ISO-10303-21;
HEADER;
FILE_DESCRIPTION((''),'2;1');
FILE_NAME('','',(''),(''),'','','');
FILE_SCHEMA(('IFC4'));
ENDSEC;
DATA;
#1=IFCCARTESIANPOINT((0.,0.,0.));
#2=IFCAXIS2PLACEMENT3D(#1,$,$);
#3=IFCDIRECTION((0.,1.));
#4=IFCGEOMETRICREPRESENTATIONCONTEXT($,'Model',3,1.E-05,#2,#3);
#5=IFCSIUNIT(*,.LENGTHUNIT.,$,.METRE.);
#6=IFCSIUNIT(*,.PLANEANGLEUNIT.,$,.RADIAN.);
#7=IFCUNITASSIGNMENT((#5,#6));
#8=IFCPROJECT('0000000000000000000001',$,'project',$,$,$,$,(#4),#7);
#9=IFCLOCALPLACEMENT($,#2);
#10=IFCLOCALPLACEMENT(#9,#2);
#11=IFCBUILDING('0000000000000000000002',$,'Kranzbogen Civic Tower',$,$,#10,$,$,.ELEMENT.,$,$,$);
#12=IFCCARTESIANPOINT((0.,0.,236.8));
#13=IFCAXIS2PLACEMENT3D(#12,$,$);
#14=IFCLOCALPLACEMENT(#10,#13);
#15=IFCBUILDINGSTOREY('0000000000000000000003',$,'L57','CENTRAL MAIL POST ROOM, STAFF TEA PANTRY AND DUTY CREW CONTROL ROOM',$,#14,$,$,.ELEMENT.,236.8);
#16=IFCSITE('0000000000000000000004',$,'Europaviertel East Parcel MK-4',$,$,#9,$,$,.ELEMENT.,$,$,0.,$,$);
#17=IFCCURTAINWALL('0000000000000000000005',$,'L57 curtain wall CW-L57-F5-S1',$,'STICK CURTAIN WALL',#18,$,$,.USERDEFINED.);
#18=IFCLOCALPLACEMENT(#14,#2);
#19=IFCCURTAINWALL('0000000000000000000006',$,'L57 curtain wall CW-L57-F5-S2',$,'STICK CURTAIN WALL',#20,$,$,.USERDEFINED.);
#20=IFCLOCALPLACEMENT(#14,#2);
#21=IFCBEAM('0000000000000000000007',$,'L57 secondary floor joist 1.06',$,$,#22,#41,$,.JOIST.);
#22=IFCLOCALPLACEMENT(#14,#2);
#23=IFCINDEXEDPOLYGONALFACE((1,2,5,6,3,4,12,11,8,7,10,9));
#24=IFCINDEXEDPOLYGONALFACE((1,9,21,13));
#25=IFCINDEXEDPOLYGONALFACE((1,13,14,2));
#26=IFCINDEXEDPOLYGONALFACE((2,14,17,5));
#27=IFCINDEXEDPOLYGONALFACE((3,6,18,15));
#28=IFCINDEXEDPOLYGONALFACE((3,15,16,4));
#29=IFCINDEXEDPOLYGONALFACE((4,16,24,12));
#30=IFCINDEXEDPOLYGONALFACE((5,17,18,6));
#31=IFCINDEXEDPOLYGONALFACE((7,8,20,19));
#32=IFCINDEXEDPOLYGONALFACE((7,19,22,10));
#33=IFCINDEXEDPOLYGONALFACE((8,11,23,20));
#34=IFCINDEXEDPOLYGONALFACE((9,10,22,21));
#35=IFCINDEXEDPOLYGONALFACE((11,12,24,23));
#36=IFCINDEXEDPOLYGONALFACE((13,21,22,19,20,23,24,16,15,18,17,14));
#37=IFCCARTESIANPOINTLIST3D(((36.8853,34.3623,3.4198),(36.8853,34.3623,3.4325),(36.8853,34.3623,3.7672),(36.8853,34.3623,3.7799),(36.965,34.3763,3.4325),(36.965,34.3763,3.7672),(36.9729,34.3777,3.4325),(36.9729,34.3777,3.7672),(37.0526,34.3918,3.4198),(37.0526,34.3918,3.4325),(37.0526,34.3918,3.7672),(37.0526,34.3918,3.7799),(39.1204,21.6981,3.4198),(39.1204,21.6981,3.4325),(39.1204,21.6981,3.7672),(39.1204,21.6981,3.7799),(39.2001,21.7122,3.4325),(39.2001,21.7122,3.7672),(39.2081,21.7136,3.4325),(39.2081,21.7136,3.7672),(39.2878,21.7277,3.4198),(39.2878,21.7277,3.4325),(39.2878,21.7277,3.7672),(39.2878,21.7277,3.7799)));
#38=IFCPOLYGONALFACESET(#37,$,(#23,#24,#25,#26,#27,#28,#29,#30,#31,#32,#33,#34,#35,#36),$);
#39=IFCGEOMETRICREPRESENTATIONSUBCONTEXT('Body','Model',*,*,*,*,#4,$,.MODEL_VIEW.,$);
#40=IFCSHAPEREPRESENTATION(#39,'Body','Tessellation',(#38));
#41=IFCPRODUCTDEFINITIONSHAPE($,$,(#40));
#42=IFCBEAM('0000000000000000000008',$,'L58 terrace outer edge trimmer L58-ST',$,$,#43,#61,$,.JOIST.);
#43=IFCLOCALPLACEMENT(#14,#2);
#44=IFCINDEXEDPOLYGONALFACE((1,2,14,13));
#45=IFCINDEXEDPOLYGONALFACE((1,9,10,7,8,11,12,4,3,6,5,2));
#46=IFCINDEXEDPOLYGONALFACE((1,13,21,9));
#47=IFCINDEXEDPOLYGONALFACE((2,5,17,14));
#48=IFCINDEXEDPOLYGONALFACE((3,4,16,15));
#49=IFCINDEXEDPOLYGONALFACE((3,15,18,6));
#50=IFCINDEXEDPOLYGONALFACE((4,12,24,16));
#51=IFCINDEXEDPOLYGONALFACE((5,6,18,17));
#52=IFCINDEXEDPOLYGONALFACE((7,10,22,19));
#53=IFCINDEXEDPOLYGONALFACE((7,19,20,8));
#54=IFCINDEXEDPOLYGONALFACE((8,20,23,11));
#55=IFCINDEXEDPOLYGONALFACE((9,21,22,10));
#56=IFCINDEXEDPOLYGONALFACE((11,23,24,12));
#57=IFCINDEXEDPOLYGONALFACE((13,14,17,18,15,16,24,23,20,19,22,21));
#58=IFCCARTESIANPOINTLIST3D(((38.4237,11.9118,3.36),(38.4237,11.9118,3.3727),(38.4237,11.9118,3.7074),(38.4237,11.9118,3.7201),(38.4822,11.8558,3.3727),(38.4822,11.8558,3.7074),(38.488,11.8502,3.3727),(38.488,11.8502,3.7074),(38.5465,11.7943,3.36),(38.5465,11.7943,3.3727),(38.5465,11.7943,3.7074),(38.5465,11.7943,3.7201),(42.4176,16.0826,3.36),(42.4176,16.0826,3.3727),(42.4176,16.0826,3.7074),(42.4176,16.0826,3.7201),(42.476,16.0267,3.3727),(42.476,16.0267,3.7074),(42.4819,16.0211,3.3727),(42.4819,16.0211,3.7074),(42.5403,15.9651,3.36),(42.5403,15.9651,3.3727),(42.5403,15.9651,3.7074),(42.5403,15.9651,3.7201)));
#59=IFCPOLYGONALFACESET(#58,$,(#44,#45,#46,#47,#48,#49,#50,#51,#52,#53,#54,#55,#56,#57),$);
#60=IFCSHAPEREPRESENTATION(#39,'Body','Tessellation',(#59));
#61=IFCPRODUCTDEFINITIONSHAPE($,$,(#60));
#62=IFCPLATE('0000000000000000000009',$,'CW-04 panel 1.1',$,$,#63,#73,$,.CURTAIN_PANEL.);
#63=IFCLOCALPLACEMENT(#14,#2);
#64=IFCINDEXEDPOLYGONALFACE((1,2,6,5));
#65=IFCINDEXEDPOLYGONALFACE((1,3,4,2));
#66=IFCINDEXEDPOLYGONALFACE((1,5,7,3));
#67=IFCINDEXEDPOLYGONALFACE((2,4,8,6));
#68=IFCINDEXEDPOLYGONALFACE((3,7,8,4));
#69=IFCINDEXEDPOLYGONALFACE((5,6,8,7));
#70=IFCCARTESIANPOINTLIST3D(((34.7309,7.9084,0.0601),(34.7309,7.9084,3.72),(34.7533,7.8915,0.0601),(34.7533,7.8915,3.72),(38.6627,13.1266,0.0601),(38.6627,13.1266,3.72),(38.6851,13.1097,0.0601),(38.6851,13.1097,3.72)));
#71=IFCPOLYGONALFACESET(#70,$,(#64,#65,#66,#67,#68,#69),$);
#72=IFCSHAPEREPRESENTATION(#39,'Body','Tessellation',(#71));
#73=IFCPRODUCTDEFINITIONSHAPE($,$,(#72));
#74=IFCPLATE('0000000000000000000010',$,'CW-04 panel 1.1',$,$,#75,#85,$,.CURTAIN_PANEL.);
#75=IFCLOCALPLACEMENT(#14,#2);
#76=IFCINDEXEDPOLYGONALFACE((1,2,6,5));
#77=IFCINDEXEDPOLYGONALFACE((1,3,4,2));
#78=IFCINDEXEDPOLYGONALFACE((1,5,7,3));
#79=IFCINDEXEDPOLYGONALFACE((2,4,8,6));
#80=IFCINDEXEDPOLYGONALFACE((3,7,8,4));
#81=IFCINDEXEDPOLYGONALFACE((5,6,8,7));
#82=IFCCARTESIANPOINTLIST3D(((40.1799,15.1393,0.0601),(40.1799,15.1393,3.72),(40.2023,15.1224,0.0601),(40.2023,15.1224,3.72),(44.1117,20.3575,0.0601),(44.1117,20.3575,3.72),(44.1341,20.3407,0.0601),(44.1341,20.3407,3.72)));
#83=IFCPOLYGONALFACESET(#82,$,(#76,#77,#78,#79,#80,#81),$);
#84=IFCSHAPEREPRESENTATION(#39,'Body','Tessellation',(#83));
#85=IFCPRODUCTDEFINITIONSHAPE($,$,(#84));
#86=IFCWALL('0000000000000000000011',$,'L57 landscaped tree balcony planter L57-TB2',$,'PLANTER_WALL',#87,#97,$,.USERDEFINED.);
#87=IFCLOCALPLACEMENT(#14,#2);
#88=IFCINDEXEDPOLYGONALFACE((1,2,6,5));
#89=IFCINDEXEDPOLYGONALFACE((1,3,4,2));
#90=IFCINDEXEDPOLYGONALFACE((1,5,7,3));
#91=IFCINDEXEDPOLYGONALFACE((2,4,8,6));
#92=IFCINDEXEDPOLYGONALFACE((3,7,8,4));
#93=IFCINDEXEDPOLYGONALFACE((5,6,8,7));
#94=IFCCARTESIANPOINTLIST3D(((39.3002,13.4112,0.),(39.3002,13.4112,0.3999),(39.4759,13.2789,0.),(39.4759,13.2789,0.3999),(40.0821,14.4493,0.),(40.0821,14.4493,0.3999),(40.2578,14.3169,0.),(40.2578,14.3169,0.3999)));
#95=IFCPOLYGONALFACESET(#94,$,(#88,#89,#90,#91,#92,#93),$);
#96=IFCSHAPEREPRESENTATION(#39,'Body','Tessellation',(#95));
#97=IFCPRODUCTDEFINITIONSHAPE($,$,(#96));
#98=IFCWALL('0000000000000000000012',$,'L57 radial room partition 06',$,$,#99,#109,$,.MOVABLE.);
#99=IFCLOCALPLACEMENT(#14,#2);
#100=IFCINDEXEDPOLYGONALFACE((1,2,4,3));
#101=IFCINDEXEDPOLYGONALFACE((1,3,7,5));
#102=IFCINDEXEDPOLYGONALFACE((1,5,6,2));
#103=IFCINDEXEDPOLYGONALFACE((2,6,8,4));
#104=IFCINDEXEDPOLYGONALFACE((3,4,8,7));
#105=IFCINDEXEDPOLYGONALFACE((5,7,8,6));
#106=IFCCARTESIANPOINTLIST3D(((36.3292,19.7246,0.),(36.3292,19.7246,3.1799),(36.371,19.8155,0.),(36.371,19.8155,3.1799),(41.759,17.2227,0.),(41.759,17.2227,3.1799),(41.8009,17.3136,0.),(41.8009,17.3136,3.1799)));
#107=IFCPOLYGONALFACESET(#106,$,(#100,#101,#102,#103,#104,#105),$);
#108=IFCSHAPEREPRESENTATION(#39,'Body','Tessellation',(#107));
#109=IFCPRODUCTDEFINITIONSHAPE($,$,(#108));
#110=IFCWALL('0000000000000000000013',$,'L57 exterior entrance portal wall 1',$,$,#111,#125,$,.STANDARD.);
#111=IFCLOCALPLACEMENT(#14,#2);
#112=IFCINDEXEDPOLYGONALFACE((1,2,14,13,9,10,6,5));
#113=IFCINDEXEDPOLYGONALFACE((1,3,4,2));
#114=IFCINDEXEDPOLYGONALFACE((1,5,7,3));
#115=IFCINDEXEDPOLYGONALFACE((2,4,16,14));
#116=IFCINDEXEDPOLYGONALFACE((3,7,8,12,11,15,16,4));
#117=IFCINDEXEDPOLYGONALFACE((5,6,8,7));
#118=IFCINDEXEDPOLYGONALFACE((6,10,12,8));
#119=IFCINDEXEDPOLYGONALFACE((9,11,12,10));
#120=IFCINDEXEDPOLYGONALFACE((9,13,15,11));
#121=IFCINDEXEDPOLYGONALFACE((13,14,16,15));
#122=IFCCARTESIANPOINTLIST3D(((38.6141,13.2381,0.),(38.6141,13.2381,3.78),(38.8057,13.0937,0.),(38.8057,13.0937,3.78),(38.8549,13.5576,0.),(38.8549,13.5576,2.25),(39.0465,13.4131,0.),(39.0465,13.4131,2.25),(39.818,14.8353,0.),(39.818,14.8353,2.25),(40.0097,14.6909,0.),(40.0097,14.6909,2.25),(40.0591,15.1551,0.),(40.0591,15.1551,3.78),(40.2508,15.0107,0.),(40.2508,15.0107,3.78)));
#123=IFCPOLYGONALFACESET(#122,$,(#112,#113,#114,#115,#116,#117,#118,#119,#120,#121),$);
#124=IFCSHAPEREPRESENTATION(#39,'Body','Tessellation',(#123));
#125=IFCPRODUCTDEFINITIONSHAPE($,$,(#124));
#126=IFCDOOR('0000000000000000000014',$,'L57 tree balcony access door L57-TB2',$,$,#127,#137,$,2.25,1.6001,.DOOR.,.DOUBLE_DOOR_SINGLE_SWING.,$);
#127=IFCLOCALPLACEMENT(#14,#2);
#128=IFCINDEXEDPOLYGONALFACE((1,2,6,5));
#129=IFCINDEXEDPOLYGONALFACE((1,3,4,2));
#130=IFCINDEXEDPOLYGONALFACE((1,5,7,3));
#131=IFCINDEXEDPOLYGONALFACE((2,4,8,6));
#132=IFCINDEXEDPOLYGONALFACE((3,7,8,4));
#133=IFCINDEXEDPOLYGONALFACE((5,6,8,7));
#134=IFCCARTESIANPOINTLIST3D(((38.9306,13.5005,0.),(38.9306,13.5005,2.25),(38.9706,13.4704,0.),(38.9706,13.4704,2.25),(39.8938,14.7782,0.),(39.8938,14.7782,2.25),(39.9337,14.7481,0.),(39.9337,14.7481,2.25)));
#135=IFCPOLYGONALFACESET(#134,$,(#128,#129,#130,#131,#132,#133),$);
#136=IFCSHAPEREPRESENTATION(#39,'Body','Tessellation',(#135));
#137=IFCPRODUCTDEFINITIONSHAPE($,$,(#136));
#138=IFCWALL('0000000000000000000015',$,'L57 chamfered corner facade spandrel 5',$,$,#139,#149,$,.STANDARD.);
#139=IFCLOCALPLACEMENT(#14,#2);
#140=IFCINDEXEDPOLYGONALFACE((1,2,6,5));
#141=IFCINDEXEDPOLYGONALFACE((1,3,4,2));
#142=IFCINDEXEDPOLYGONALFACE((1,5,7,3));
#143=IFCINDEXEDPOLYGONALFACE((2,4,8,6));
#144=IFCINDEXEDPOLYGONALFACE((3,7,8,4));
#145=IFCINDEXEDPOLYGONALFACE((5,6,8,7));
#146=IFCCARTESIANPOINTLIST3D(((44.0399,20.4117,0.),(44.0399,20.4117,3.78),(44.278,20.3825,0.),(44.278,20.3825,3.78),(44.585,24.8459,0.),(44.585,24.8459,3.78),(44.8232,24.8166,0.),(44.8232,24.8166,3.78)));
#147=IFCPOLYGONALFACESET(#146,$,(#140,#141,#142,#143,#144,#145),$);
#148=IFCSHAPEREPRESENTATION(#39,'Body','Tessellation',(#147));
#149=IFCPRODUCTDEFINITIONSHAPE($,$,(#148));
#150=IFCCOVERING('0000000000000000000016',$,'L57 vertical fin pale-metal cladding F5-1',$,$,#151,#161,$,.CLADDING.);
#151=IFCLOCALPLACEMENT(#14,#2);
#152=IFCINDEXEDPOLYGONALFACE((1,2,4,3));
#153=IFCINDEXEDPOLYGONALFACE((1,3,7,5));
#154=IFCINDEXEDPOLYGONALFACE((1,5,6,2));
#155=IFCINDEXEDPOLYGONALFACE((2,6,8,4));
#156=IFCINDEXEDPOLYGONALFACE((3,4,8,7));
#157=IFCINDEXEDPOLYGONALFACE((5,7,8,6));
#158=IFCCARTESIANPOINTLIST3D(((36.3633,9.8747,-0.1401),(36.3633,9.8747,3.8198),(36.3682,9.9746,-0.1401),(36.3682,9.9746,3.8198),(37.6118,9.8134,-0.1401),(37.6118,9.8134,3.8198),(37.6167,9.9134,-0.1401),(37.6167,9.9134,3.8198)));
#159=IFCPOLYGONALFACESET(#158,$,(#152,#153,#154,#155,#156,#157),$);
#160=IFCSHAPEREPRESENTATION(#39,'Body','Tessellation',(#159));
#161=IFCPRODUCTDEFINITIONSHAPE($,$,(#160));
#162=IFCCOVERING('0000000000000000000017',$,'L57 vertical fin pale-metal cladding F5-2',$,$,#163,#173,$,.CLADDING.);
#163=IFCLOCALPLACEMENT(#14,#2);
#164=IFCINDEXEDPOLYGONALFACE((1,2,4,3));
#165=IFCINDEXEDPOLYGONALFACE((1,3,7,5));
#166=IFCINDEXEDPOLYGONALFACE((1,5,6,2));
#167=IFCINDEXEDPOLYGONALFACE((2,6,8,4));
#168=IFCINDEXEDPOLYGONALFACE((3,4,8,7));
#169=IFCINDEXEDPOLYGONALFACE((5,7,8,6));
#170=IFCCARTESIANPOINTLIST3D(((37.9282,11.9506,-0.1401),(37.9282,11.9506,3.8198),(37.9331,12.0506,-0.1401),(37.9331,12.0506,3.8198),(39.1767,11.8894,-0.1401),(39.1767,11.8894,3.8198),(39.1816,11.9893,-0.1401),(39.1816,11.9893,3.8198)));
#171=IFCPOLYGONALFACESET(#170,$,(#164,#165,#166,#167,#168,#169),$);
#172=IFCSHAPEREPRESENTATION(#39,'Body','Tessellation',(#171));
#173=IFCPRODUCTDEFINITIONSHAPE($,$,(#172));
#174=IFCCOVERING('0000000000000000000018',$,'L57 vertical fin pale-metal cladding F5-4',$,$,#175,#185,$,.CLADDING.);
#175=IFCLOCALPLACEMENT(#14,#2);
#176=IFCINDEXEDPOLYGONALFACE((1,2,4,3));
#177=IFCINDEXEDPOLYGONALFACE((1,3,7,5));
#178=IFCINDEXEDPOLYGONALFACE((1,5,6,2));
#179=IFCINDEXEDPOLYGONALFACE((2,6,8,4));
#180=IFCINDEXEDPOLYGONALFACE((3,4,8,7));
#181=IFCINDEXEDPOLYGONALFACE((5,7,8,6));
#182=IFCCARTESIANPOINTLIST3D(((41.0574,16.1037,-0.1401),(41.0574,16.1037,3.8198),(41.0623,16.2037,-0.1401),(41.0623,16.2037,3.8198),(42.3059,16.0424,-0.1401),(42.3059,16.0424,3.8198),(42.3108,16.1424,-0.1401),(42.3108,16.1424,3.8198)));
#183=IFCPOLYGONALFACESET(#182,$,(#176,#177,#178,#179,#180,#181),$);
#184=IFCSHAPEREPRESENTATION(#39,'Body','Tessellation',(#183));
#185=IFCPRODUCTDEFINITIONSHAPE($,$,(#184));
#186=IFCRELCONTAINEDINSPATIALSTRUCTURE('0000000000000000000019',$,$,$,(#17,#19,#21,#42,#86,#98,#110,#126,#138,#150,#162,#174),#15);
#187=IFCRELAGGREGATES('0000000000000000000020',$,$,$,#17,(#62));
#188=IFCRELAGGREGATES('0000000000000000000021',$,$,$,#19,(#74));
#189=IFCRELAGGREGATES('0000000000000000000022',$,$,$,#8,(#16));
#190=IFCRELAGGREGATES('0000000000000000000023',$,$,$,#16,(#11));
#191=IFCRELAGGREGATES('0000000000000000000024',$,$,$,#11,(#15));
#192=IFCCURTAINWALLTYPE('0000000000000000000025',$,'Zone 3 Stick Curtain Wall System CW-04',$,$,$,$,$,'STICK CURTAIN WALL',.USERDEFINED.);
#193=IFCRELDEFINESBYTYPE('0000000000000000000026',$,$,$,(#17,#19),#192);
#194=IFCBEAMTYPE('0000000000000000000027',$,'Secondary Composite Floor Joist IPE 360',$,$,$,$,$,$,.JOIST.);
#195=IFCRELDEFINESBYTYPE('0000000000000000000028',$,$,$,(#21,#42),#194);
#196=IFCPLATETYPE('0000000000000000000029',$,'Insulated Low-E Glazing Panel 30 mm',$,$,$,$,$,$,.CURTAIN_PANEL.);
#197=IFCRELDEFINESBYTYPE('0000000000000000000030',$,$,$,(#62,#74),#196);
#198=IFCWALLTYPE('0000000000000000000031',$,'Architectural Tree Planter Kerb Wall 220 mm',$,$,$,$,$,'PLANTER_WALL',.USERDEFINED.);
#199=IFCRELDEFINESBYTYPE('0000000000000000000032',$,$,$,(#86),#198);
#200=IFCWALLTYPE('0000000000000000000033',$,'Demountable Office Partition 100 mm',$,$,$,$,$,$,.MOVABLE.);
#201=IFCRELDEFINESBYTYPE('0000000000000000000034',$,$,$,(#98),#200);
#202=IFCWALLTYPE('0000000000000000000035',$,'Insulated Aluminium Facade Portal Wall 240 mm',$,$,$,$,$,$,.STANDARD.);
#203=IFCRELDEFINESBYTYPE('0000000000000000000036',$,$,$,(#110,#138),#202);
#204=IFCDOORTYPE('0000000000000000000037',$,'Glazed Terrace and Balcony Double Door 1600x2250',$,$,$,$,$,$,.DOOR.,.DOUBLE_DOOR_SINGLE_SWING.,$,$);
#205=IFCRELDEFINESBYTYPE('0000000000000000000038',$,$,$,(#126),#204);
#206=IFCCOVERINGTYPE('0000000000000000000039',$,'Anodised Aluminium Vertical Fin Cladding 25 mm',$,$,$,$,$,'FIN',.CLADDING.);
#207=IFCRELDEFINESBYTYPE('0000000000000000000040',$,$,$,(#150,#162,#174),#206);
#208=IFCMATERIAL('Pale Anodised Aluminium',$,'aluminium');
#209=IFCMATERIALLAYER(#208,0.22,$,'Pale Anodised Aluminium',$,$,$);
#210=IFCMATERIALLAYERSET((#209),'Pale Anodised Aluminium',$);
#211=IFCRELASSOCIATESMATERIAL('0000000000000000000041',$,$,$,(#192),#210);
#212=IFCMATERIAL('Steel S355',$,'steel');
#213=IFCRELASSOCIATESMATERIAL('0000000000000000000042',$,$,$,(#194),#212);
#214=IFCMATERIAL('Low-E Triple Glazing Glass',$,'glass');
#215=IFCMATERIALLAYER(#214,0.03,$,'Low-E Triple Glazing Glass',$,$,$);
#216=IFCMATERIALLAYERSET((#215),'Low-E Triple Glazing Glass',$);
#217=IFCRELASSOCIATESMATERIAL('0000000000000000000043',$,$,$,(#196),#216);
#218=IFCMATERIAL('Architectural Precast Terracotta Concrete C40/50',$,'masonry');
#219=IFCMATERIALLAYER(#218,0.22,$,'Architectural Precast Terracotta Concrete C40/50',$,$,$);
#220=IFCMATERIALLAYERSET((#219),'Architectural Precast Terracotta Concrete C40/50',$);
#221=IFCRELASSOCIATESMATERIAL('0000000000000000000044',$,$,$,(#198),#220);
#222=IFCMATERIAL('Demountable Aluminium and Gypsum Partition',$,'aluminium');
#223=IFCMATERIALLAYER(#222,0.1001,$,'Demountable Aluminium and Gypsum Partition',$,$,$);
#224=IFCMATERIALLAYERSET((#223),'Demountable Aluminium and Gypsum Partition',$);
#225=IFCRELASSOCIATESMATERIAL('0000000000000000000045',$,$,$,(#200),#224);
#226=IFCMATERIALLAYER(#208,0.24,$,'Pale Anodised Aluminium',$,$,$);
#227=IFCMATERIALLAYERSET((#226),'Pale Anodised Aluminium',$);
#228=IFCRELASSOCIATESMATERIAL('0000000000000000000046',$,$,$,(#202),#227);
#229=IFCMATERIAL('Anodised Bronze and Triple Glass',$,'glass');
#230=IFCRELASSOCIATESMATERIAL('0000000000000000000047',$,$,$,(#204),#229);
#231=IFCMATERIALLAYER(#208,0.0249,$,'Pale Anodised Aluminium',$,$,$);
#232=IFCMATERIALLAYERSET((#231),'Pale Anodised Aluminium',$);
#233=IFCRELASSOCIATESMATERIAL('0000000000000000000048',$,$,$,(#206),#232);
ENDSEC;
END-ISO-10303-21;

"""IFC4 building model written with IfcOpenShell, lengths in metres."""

from ifc_helpers import new_model, si_unit, direction, frame, frame_2d, origin, origin_2d, place, context, subcontext, project, spatial, rectangle, i_section, extrude, material, layer, layer_set, material_profile, profile_set, type_object, element, fill, aggregate, save


model = new_model("IFC4")

# Units and contexts
model_context = context("Model", 3, precision=1e-05, world=origin(), true_north=direction((0.0, 1.0)))
body_context = subcontext(model_context, "Body", "Model", "MODEL_VIEW")
ifc_project = project(units=[si_unit("LENGTHUNIT", "METRE"), si_unit("PLANEANGLEUNIT", "RADIAN")], contexts=[model_context])

# Site, building, storey
site_placement = place(None, origin())
site = spatial("IfcSite", under=ifc_project, at=site_placement, Name="Europaviertel East Parcel MK-4", CompositionType="ELEMENT", RefElevation=0.0)
building_placement = place(site_placement, origin())
building = spatial("IfcBuilding", under=site, at=building_placement, Name="Kranzbogen Civic Tower", CompositionType="ELEMENT")
storey_placement = place(building_placement, frame((0.0, 0.0, 236.8)))
storey = spatial("IfcBuildingStorey", under=building, at=storey_placement, Name="L57", Description="CENTRAL MAIL POST ROOM, STAFF TEA PANTRY AND DUTY CREW CONTROL ROOM", CompositionType="ELEMENT", Elevation=236.8)

# Shared definitions
ifc_material_1 = material(Name="Steel S355", Category="steel")

# Curtain wall
ifc_material_2 = material(Name="Pale Anodised Aluminium", Category="aluminium")
ifc_layer_1 = layer(ifc_material_2, 0.22, Name="Pale Anodised Aluminium")
ifc_layer_set_1 = layer_set([ifc_layer_1], Name="Pale Anodised Aluminium")
curtain_wall_type = type_object("IfcCurtainWallType", Name="Zone 3 Stick Curtain Wall System CW-04", ElementType="STICK CURTAIN WALL", PredefinedType="USERDEFINED", material=ifc_layer_set_1)
curtain_wall_1_placement = place(storey_placement, origin())
curtain_wall_1 = element("IfcCurtainWall", 1, at=curtain_wall_1_placement, inside=storey, type_object=curtain_wall_type, Name="L57 curtain wall CW-L57-F5-S1", ObjectType="STICK CURTAIN WALL", PredefinedType="USERDEFINED")

# Curtain wall
curtain_wall_2_placement = place(storey_placement, origin())
curtain_wall_2 = element("IfcCurtainWall", 2, at=curtain_wall_2_placement, inside=storey, type_object=curtain_wall_type, Name="L57 curtain wall CW-L57-F5-S2", ObjectType="STICK CURTAIN WALL", PredefinedType="USERDEFINED")

# Beams
ifc_material_profile_1 = material_profile(ifc_material_1, i_section(OverallWidth=0.1699, OverallDepth=0.3601, WebThickness=0.0081, FlangeThickness=0.0127, at=origin_2d()), Name="IPE 360")
ifc_profile_set_1 = profile_set([ifc_material_profile_1], Name="Steel S355")
beam_type_1 = type_object("IfcBeamType", Name="Secondary Composite Floor Joist IPE 360", PredefinedType="JOIST", material=ifc_profile_set_1)
beam_1_placement = place(storey_placement, frame((39.2041, 21.7129, 3.5999), z_axis=(-0.173806, 0.98478, 0.0), x_axis=(-0.98478, -0.173806, 0.0)))
element("IfcBeam", 3, at=beam_1_placement, inside=storey, type_object=beam_type_1, Name="L57 secondary floor joist 1.06", PredefinedType="JOIST", context=body_context, shape_type="SweptSolid", body=[
    extrude(i_section(OverallWidth=0.1699, OverallDepth=0.3601, WebThickness=0.0081, FlangeThickness=0.0127, at=origin_2d()), origin(), (0.0, 0.0, 1.0), 12.8599),
])
beam_2_placement = place(storey_placement, frame((38.4851, 11.853, 3.54), z_axis=(0.691615, 0.722266, 0.0), x_axis=(-0.722266, 0.691615, 0.0)))
element("IfcBeam", 4, at=beam_2_placement, inside=storey, type_object=beam_type_1, Name="L58 terrace outer edge trimmer L58-ST", PredefinedType="JOIST", context=body_context, shape_type="SweptSolid", body=[
    extrude(i_section(OverallWidth=0.1699, OverallDepth=0.3601, WebThickness=0.0081, FlangeThickness=0.0127, at=origin_2d()), origin(), (0.0, 0.0, 1.0), 5.7747),
])

# Plates
ifc_material_3 = material(Name="Low-E Triple Glazing Glass", Category="glass")
ifc_layer_2 = layer(ifc_material_3, 0.03, Name="Low-E Triple Glazing Glass")
ifc_layer_set_2 = layer_set([ifc_layer_2], Name="Low-E Triple Glazing Glass")
plate_type = type_object("IfcPlateType", Name="Insulated Low-E Glazing Panel 30 mm", PredefinedType="CURTAIN_PANEL", material=ifc_layer_set_2)
plate_1_placement = place(storey_placement, frame((36.708, 10.509, 0.0601), z_axis=(0.0, 0.0, 1.0), x_axis=(0.601778, 0.798663, 0.0)))
plate_1 = element("IfcPlate", 5, at=plate_1_placement, type_object=plate_type, Name="CW-04 panel 1.1", PredefinedType="CURTAIN_PANEL", context=body_context, shape_type="SweptSolid", body=[
    extrude(rectangle(XDim=6.5337, YDim=0.0281, at=origin_2d()), origin(), (0.0, 0.0, 1.0), 3.6599),
])
aggregate(curtain_wall_1, [plate_1])
plate_2_placement = place(storey_placement, frame((42.157, 17.74, 0.0601), z_axis=(0.0, 0.0, 1.0), x_axis=(0.601778, 0.798663, 0.0)))
plate_2 = element("IfcPlate", 6, at=plate_2_placement, type_object=plate_type, Name="CW-04 panel 1.1", PredefinedType="CURTAIN_PANEL", context=body_context, shape_type="SweptSolid", body=[
    extrude(rectangle(XDim=6.5337, YDim=0.0281, at=origin_2d()), origin(), (0.0, 0.0, 1.0), 3.6599),
])
aggregate(curtain_wall_2, [plate_2])

# Walls
ifc_material_4 = material(Name="Architectural Precast Terracotta Concrete C40/50", Category="masonry")
ifc_layer_3 = layer(ifc_material_4, 0.22, Name="Architectural Precast Terracotta Concrete C40/50")
ifc_layer_set_3 = layer_set([ifc_layer_3], Name="Architectural Precast Terracotta Concrete C40/50")
wall_type_1 = type_object("IfcWallType", Name="Architectural Tree Planter Kerb Wall 220 mm", ElementType="PLANTER_WALL", PredefinedType="USERDEFINED", material=ifc_layer_set_3)
wall_1_placement = place(storey_placement, frame((39.3879, 13.345, 0.0), z_axis=(0.0, 0.0, 1.0), x_axis=(0.601682, 0.798736, 0.0)))
element("IfcWall", 7, at=wall_1_placement, inside=storey, type_object=wall_type_1, Name="L57 landscaped tree balcony planter L57-TB2", ObjectType="PLANTER_WALL", PredefinedType="USERDEFINED", context=body_context, shape_type="SweptSolid", body=[
    extrude(rectangle(XDim=1.2996, YDim=0.22, at=frame_2d((0.6499, 0.0))), origin(), (0.0, 0.0, 1.0), 0.3999),
])
ifc_material_5 = material(Name="Demountable Aluminium and Gypsum Partition", Category="aluminium")
ifc_layer_4 = layer(ifc_material_5, 0.1001, Name="Demountable Aluminium and Gypsum Partition")
ifc_layer_set_4 = layer_set([ifc_layer_4], Name="Demountable Aluminium and Gypsum Partition")
wall_type_2 = type_object("IfcWallType", Name="Demountable Office Partition 100 mm", PredefinedType="MOVABLE", material=ifc_layer_set_4)
wall_2_placement = place(storey_placement, frame((36.3501, 19.77, 0.0), z_axis=(0.0, 0.0, 1.0), x_axis=(0.908225, -0.418483, 0.0)))
element("IfcWall", 8, at=wall_2_placement, inside=storey, type_object=wall_type_2, Name="L57 radial room partition 06", PredefinedType="MOVABLE", context=body_context, shape_type="SweptSolid", body=[
    extrude(rectangle(XDim=5.9785, YDim=0.1001, at=frame_2d((2.9893, 0.0))), origin(), (0.0, 0.0, 1.0), 3.1799),
])

# Wall, opening, door
ifc_layer_5 = layer(ifc_material_2, 0.24, Name="Pale Anodised Aluminium")
ifc_layer_set_5 = layer_set([ifc_layer_5], Name="Pale Anodised Aluminium")
wall_type_3 = type_object("IfcWallType", Name="Insulated Aluminium Facade Portal Wall 240 mm", PredefinedType="STANDARD", material=ifc_layer_set_5)
wall_3_placement = place(storey_placement, frame((38.71, 13.166, 0.0), z_axis=(0.0, 0.0, 1.0), x_axis=(0.601951, 0.798533, 0.0)))
wall_3 = element("IfcWall", 9, at=wall_3_placement, inside=storey, type_object=wall_type_3, Name="L57 exterior entrance portal wall 1", PredefinedType="STANDARD", context=body_context, shape_type="SweptSolid", body=[
    extrude(rectangle(XDim=2.4006, YDim=0.24, at=frame_2d((1.2002, 0.0))), origin(), (0.0, 0.0, 1.0), 3.78),
])
opening_placement = place(wall_3_placement, frame((0.3999, 0.0, 0.0)))
opening = element("IfcOpeningElement", 10, at=opening_placement, cuts=wall_3, PredefinedType="OPENING", context=body_context, shape_type="SweptSolid", body=[
    extrude(rectangle(XDim=1.6001, YDim=2.25, at=frame_2d((0.8, 1.125))), frame((0.0, 0.1299, 0.0), z_axis=(0.0, -1.0, 0.0), x_axis=(1.0, 0.0, 0.0)), (0.0, 0.0, 1.0), 0.26),
])
ifc_material_6 = material(Name="Anodised Bronze and Triple Glass", Category="glass")
door_type = type_object("IfcDoorType", Name="Glazed Terrace and Balcony Double Door 1600x2250", OperationType="DOUBLE_DOOR_SINGLE_SWING", PredefinedType="DOOR", material=ifc_material_6)
door_placement = place(opening_placement, frame((1.6001, 0.0, 0.0), z_axis=(0.0, 0.0, 1.0), x_axis=(-1.0, 0.0, 0.0)))
door = element("IfcDoor", 11, at=door_placement, inside=storey, type_object=door_type, Name="L57 tree balcony access door L57-TB2", OperationType="DOUBLE_DOOR_SINGLE_SWING", OverallHeight=2.25, OverallWidth=1.6001, PredefinedType="DOOR", context=body_context, shape_type="SweptSolid", body=[
    extrude(rectangle(XDim=1.6001, YDim=2.25, at=frame_2d((0.8, 1.125))), frame((0.0, 0.0249, 0.0), z_axis=(0.0, -1.0, 0.0), x_axis=(1.0, 0.0, 0.0)), (0.0, 0.0, 1.0), 0.05),
])
fill(opening, door)

# Wall
wall_4_placement = place(storey_placement, frame((44.1589, 20.397, 0.0), z_axis=(0.0, 0.0, 1.0), x_axis=(0.12203, 0.992526, 0.0)))
element("IfcWall", 12, at=wall_4_placement, inside=storey, type_object=wall_type_3, Name="L57 chamfered corner facade spandrel 5", PredefinedType="STANDARD", context=body_context, shape_type="SweptSolid", body=[
    extrude(rectangle(XDim=4.4675, YDim=0.24, at=frame_2d((2.2339, 0.0))), origin(), (0.0, 0.0, 1.0), 3.78),
])

# Coverings
ifc_layer_6 = layer(ifc_material_2, 0.0249, Name="Pale Anodised Aluminium")
ifc_layer_set_6 = layer_set([ifc_layer_6], Name="Pale Anodised Aluminium")
covering_type = type_object("IfcCoveringType", Name="Anodised Aluminium Vertical Fin Cladding 25 mm", ElementType="FIN", PredefinedType="CLADDING", material=ifc_layer_set_6)
for number, where, z_axis, x_axis, name in (
    (13, (36.99, 9.894, -0.1401), (0.0, 0.0, 1.0), (0.998799, -0.048989, 0.0), "L57 vertical fin pale-metal cladding F5-1"),
    (14, (38.5549, 11.97, -0.1401), (0.0, 0.0, 1.0), (0.998799, -0.048989, 0.0), "L57 vertical fin pale-metal cladding F5-2"),
    (15, (41.6841, 16.123, -0.1401), (0.0, 0.0, 1.0), (0.998799, -0.048989, 0.0), "L57 vertical fin pale-metal cladding F5-4"),
):
    element("IfcCovering", number, at=place(storey_placement, frame(where, z_axis=z_axis, x_axis=x_axis)), inside=storey, type_object=covering_type, Name=name, PredefinedType="CLADDING", context=body_context, shape_type="SweptSolid", body=[
        extrude(rectangle(XDim=1.25, YDim=0.1001, at=origin_2d()), origin(), (0.0, 0.0, 1.0), 3.96),
    ])

save(model, "model.ifc")
